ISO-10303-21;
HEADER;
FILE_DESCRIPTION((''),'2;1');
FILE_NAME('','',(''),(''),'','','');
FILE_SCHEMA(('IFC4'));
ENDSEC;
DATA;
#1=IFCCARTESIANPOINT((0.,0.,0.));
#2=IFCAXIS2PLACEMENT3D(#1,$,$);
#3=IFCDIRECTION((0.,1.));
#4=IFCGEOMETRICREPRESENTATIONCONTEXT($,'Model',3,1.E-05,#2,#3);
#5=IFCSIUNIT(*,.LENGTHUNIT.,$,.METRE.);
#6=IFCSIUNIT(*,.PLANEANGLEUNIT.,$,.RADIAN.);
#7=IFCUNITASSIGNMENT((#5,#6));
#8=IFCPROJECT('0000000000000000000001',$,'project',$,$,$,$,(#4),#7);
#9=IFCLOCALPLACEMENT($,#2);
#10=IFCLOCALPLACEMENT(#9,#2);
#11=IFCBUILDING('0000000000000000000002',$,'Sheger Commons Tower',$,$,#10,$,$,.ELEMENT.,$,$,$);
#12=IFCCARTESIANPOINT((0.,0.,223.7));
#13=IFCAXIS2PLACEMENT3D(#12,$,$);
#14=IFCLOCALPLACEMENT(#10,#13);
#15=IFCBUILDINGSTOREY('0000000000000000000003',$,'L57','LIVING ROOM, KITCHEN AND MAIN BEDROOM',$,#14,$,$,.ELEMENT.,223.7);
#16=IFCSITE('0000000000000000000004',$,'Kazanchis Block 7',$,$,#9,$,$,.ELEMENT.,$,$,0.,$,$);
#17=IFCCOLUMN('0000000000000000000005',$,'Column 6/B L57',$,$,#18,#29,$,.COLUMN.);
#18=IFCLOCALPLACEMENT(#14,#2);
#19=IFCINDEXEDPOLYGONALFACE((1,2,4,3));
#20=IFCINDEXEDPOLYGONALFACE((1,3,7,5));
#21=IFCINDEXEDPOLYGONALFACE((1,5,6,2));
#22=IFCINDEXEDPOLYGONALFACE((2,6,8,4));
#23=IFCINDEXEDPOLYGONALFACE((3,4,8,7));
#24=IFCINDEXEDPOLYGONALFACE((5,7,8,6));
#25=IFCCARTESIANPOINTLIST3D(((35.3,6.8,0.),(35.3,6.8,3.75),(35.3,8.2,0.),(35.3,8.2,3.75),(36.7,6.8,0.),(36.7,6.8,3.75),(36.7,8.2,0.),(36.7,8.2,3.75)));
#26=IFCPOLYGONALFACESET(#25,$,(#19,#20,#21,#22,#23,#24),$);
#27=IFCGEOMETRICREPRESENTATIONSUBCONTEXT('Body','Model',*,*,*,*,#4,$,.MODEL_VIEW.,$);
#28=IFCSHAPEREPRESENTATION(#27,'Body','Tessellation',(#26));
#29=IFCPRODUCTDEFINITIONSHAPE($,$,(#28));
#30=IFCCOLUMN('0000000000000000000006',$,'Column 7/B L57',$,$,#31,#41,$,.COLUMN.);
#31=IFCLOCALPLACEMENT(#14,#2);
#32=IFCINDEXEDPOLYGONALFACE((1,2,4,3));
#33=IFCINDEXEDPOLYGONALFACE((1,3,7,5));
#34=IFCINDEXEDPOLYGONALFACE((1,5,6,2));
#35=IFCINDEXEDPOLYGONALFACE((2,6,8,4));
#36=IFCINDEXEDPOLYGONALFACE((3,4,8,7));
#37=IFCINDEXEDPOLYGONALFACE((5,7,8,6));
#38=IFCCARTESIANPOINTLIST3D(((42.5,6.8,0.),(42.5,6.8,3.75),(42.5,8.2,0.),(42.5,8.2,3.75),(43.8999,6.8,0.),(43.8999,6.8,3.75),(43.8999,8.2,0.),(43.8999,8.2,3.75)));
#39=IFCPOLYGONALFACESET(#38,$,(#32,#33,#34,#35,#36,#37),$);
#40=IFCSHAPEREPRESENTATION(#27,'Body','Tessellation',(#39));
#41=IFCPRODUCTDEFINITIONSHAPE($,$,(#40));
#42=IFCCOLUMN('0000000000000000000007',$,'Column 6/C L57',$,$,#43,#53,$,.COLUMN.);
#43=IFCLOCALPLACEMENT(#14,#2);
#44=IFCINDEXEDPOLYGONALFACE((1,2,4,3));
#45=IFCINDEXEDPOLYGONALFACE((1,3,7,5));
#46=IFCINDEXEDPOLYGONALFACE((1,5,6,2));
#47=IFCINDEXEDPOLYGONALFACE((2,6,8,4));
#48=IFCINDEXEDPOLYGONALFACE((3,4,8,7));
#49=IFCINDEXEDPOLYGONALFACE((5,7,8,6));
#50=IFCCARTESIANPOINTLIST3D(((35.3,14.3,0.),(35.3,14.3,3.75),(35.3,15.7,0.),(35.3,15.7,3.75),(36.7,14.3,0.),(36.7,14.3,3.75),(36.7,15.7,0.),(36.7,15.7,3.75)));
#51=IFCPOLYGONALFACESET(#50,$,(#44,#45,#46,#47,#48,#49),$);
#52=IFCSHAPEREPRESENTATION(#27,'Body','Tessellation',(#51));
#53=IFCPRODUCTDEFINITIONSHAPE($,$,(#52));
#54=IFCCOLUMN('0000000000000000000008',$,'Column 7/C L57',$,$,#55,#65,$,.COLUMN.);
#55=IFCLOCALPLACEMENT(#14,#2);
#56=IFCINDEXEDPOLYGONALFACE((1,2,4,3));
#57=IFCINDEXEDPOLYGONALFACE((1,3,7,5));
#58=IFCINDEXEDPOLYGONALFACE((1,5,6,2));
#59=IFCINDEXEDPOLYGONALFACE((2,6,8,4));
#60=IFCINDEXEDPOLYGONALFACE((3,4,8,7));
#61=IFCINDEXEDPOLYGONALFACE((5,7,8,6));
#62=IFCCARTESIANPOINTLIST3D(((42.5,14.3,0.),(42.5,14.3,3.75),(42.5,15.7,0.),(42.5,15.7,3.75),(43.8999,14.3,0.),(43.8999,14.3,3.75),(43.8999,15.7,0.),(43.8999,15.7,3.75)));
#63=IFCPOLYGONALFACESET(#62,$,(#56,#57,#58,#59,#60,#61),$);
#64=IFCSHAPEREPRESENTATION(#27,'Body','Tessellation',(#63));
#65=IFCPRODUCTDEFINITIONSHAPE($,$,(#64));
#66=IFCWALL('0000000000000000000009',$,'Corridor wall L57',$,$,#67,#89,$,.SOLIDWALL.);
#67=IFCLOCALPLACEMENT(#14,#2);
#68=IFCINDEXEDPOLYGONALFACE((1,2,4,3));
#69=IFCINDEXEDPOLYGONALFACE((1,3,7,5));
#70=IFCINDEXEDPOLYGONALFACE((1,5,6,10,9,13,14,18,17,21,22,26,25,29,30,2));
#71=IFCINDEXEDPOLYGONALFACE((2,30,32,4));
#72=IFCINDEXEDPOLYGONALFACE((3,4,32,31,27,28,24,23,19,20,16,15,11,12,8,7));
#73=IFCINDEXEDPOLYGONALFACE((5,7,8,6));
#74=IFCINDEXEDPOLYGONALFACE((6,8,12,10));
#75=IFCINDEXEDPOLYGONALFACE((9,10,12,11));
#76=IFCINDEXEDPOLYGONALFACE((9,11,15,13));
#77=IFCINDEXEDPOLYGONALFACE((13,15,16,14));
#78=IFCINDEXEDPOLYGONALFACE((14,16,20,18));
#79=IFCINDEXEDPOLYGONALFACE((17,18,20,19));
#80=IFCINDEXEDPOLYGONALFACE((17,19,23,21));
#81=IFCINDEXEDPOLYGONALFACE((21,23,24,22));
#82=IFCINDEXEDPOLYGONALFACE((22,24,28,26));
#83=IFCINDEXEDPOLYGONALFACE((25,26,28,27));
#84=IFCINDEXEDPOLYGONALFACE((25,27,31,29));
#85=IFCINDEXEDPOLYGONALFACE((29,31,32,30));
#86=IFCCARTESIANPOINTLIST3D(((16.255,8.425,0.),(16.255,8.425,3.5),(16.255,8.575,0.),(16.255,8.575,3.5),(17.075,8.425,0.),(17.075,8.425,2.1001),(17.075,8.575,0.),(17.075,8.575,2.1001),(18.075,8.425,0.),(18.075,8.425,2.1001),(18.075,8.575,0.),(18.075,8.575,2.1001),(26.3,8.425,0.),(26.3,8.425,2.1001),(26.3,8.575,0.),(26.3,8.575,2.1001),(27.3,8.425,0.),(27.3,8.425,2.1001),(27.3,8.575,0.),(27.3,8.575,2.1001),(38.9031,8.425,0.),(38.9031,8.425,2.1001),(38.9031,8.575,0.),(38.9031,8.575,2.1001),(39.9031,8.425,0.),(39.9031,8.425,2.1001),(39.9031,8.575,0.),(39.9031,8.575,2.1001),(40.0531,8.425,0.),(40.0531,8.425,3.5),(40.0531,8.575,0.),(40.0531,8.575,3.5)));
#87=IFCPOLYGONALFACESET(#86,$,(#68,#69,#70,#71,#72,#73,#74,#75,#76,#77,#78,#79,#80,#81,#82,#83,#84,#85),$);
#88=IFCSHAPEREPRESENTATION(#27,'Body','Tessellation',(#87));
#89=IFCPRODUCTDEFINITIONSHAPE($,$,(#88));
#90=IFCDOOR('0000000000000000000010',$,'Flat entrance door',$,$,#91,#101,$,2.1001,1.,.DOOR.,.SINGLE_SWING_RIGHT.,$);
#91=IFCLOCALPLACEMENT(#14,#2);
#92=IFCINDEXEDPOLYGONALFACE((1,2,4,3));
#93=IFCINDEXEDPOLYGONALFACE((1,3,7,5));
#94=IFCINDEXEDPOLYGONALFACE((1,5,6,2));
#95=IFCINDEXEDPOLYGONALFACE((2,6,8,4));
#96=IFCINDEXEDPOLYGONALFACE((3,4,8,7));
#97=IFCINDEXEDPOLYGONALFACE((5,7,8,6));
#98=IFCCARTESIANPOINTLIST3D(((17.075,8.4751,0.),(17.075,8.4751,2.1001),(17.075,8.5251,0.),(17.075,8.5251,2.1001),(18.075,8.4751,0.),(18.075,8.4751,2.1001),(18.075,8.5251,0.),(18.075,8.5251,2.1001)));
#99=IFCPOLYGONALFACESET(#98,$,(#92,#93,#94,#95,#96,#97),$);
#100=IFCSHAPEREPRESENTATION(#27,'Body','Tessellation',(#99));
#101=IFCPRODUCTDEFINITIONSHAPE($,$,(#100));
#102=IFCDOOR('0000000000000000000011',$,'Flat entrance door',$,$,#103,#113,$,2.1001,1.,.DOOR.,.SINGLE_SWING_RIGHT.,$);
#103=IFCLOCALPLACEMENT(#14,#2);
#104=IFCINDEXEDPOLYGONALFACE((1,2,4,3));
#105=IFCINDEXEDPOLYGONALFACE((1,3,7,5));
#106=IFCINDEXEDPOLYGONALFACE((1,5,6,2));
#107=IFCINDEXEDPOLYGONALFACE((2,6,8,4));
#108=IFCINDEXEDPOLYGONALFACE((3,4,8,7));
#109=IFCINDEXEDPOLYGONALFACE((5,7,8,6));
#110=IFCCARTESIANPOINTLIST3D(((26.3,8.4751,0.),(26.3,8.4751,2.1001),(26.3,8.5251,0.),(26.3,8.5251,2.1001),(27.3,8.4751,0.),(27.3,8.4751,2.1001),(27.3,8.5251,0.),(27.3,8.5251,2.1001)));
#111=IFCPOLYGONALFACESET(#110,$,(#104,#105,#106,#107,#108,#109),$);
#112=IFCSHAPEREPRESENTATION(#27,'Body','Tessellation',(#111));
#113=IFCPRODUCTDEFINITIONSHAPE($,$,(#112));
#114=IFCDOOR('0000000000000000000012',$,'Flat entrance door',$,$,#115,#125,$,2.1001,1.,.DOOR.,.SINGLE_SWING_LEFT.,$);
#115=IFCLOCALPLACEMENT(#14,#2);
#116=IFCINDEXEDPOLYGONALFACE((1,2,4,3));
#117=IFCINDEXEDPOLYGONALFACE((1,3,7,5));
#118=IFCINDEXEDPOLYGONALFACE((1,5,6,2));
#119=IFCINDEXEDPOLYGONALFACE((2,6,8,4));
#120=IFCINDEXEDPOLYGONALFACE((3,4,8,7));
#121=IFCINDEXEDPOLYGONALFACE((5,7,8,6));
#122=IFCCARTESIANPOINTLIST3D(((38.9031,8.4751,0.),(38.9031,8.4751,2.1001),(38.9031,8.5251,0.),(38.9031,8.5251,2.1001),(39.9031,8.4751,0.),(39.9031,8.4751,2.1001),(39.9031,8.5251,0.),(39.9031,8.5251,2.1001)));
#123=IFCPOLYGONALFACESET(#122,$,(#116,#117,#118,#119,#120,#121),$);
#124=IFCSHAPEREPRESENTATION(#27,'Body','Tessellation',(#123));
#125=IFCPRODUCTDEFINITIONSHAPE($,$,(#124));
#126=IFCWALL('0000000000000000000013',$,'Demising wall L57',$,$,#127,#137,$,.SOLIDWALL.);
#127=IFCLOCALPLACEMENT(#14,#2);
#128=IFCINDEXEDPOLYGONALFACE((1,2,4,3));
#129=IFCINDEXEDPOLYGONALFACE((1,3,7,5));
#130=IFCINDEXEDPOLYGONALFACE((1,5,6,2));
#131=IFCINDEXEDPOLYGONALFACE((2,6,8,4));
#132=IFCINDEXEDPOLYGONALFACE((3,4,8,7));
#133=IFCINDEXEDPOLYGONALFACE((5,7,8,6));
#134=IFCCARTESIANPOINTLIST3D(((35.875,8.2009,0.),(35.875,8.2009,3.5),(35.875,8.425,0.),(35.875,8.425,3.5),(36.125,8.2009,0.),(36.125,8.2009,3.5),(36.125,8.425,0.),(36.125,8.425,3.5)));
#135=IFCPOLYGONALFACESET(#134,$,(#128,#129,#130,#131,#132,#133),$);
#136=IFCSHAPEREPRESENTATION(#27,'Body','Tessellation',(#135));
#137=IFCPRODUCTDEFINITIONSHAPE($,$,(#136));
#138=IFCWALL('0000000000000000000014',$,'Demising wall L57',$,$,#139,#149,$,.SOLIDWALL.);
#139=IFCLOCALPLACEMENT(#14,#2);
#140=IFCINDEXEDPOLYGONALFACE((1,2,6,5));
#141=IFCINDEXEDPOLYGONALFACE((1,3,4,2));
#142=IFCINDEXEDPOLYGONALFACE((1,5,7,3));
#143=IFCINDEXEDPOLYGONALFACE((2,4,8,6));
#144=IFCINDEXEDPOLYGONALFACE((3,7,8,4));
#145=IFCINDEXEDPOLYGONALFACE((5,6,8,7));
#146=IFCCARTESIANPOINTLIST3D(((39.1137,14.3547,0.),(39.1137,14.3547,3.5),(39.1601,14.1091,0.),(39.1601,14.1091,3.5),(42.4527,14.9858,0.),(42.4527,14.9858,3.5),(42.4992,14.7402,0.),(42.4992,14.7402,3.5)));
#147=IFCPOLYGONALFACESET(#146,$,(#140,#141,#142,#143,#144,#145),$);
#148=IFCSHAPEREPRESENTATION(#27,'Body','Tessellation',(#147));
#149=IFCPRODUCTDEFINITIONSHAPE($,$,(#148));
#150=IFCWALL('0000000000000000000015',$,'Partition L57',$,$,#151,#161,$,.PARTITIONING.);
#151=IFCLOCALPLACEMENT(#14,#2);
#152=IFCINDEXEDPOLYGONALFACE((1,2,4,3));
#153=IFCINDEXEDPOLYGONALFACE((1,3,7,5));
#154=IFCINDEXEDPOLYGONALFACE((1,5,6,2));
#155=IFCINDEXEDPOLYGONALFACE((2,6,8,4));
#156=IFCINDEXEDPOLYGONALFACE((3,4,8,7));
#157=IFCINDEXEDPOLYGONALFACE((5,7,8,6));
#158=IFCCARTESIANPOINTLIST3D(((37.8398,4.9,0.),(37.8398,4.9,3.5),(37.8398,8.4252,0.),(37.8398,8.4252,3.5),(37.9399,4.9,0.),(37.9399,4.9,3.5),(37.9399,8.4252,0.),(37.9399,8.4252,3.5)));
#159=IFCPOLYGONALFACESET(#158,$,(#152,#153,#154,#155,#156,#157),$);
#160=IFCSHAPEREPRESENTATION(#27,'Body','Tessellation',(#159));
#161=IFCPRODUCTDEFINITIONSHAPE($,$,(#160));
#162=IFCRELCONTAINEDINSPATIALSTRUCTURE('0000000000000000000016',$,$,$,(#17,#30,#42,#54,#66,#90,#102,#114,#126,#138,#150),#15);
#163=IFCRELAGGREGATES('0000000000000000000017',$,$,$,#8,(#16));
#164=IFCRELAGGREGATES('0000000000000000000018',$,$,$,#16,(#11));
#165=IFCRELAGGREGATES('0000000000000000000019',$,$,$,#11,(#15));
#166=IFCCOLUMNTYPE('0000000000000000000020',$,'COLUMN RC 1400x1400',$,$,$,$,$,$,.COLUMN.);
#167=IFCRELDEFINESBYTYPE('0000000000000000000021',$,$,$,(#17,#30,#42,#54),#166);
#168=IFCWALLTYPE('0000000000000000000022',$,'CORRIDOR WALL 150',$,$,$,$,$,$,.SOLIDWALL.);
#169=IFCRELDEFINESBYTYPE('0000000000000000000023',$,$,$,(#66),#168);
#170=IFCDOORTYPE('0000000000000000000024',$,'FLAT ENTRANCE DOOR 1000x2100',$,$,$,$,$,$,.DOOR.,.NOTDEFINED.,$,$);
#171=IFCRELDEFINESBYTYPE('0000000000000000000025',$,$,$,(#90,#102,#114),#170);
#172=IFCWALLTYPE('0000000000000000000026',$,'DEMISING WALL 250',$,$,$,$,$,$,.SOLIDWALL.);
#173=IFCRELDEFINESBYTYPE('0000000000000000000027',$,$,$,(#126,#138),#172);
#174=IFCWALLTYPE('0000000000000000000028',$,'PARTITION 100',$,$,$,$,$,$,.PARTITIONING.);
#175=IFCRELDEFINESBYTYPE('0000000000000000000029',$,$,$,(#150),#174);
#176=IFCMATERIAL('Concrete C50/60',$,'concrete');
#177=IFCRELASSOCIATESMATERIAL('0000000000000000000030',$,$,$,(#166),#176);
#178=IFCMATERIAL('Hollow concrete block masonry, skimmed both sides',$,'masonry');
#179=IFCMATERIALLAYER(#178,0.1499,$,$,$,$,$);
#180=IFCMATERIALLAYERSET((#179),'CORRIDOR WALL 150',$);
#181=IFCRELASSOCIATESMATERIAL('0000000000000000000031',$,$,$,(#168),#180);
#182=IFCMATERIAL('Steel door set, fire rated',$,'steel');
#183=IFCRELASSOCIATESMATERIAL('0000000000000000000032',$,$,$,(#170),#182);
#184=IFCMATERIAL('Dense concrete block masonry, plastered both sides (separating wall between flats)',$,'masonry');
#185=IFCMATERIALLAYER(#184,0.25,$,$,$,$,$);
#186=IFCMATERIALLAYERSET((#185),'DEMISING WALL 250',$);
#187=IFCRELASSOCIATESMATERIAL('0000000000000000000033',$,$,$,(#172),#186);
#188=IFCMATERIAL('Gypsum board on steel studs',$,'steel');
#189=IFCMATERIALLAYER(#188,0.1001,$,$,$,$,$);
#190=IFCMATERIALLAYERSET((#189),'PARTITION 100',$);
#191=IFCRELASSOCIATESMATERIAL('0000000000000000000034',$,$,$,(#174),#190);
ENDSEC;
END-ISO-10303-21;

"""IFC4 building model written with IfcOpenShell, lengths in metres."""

from ifc_helpers import new_model, si_unit, direction, frame, frame_2d, origin, origin_2d, place, context, subcontext, project, spatial, rectangle, extrude, material, layer, layer_set, material_profile, profile_set, type_object, element, fill, save


model = new_model("IFC4")

# Units and contexts
model_context = context("Model", 3, precision=1e-05, world=origin(), true_north=direction((0.0, 1.0)))
body_context = subcontext(model_context, "Body", "Model", "MODEL_VIEW")
ifc_project = project(units=[si_unit("LENGTHUNIT", "METRE"), si_unit("PLANEANGLEUNIT", "RADIAN")], contexts=[model_context])

# Site, building, storey
site_placement = place(None, origin())
site = spatial("IfcSite", under=ifc_project, at=site_placement, Name="Kazanchis Block 7", CompositionType="ELEMENT", RefElevation=0.0)
building_placement = place(site_placement, origin())
building = spatial("IfcBuilding", under=site, at=building_placement, Name="Sheger Commons Tower", CompositionType="ELEMENT")
storey_placement = place(building_placement, frame((0.0, 0.0, 223.7)))
storey = spatial("IfcBuildingStorey", under=building, at=storey_placement, Name="L57", Description="LIVING ROOM, KITCHEN AND MAIN BEDROOM", CompositionType="ELEMENT", Elevation=223.7)

# Columns
ifc_material_1 = material(Name="Concrete C50/60", Category="concrete")
ifc_material_profile = material_profile(ifc_material_1, rectangle(XDim=1.3999, YDim=1.3999, at=origin_2d()), Name="RC 1400x1400")
ifc_profile_set = profile_set([ifc_material_profile], Name="Concrete C50/60")
column_type = type_object("IfcColumnType", Name="COLUMN RC 1400x1400", PredefinedType="COLUMN", material=ifc_profile_set)
for number, where, z_axis, x_axis, name in (
    (1, (36.0, 7.5, 0.0), (0.0, 0.0, 1.0), (1.0, 0.0, 0.0), "Column 6/B L57"),
    (2, (43.2, 7.5, 0.0), (0.0, 0.0, 1.0), (1.0, 0.0, 0.0), "Column 7/B L57"),
    (3, (36.0, 15.0, 0.0), (0.0, 0.0, 1.0), (1.0, 0.0, 0.0), "Column 6/C L57"),
    (4, (43.2, 15.0, 0.0), (0.0, 0.0, 1.0), (1.0, 0.0, 0.0), "Column 7/C L57"),
):
    element("IfcColumn", number, at=place(storey_placement, frame(where, z_axis=z_axis, x_axis=x_axis)), inside=storey, type_object=column_type, Name=name, PredefinedType="COLUMN", context=body_context, shape_type="SweptSolid", body=[
        extrude(rectangle(XDim=1.3999, YDim=1.3999, at=origin_2d()), origin(), (0.0, 0.0, 1.0), 3.75),
    ])

# Wall, openings, doors
ifc_material_2 = material(Name="Hollow concrete block masonry, skimmed both sides", Category="masonry")
ifc_layer_1 = layer(ifc_material_2, 0.1499)
ifc_layer_set_1 = layer_set([ifc_layer_1], Name="CORRIDOR WALL 150")
wall_type_1 = type_object("IfcWallType", Name="CORRIDOR WALL 150", PredefinedType="SOLIDWALL", material=ifc_layer_set_1)
wall_1_placement = place(storey_placement, frame((40.053, 8.5, 0.0), z_axis=(0.0, 0.0, 1.0), x_axis=(-1.0, 0.0, 0.0)))
wall_1 = element("IfcWall", 5, at=wall_1_placement, inside=storey, type_object=wall_type_1, Name="Corridor wall L57", PredefinedType="SOLIDWALL", context=body_context, shape_type="SweptSolid", body=[
    extrude(rectangle(XDim=23.7981, YDim=0.1499, at=frame_2d((11.8989, 0.0))), origin(), (0.0, 0.0, 1.0), 3.5),
])
opening_1_placement = place(wall_1_placement, frame((21.978, 0.0, 0.0)))
opening_1 = element("IfcOpeningElement", 6, at=opening_1_placement, cuts=wall_1, PredefinedType="OPENING", context=body_context, shape_type="SweptSolid", body=[
    extrude(rectangle(XDim=1.0, YDim=2.1001, at=frame_2d((0.5, 1.05))), frame((0.0, 0.085, 0.0), z_axis=(0.0, -1.0, 0.0), x_axis=(1.0, 0.0, 0.0)), (0.0, 0.0, 1.0), 0.1699),
])
opening_2_placement = place(wall_1_placement, frame((12.7529, 0.0, 0.0)))
opening_2 = element("IfcOpeningElement", 7, at=opening_2_placement, cuts=wall_1, PredefinedType="OPENING", context=body_context, shape_type="SweptSolid", body=[
    extrude(rectangle(XDim=1.0, YDim=2.1001, at=frame_2d((0.5, 1.05))), frame((0.0, 0.085, 0.0), z_axis=(0.0, -1.0, 0.0), x_axis=(1.0, 0.0, 0.0)), (0.0, 0.0, 1.0), 0.1699),
])
opening_3_placement = place(wall_1_placement, frame((0.1499, 0.0, 0.0)))
opening_3 = element("IfcOpeningElement", 8, at=opening_3_placement, cuts=wall_1, PredefinedType="OPENING", context=body_context, shape_type="SweptSolid", body=[
    extrude(rectangle(XDim=1.0, YDim=2.1001, at=frame_2d((0.5, 1.05))), frame((0.0, 0.085, 0.0), z_axis=(0.0, -1.0, 0.0), x_axis=(1.0, 0.0, 0.0)), (0.0, 0.0, 1.0), 0.1699),
])
ifc_material_3 = material(Name="Steel door set, fire rated", Category="steel")
door_type_1 = type_object("IfcDoorType", Name="FLAT ENTRANCE DOOR 1000x2100", OperationType="NOTDEFINED", PredefinedType="DOOR", material=ifc_material_3)
door_1_placement = place(opening_1_placement, origin())
door_1 = element("IfcDoor", 9, at=door_1_placement, inside=storey, type_object=door_type_1, Name="Flat entrance door", OperationType="SINGLE_SWING_RIGHT", OverallHeight=2.1001, OverallWidth=1.0, PredefinedType="DOOR", context=body_context, shape_type="SweptSolid", body=[
    extrude(rectangle(XDim=1.0, YDim=2.1001, at=frame_2d((0.5, 1.05))), frame((0.0, 0.0249, 0.0), z_axis=(0.0, -1.0, 0.0), x_axis=(1.0, 0.0, 0.0)), (0.0, 0.0, 1.0), 0.05),
])
fill(opening_1, door_1)
door_2_placement = place(opening_2_placement, origin())
door_2 = element("IfcDoor", 10, at=door_2_placement, inside=storey, type_object=door_type_1, Name="Flat entrance door", OperationType="SINGLE_SWING_RIGHT", OverallHeight=2.1001, OverallWidth=1.0, PredefinedType="DOOR", context=body_context, shape_type="SweptSolid", body=[
    extrude(rectangle(XDim=1.0, YDim=2.1001, at=frame_2d((0.5, 1.05))), frame((0.0, 0.0249, 0.0), z_axis=(0.0, -1.0, 0.0), x_axis=(1.0, 0.0, 0.0)), (0.0, 0.0, 1.0), 0.05),
])
fill(opening_2, door_2)
door_3_placement = place(opening_3_placement, origin())
door_3 = element("IfcDoor", 11, at=door_3_placement, inside=storey, type_object=door_type_1, Name="Flat entrance door", OperationType="SINGLE_SWING_LEFT", OverallHeight=2.1001, OverallWidth=1.0, PredefinedType="DOOR", context=body_context, shape_type="SweptSolid", body=[
    extrude(rectangle(XDim=1.0, YDim=2.1001, at=frame_2d((0.5, 1.05))), frame((0.0, 0.0249, 0.0), z_axis=(0.0, -1.0, 0.0), x_axis=(1.0, 0.0, 0.0)), (0.0, 0.0, 1.0), 0.05),
])
fill(opening_3, door_3)

# Walls
ifc_material_4 = material(Name="Dense concrete block masonry, plastered both sides (separating wall between flats)", Category="masonry")
ifc_layer_2 = layer(ifc_material_4, 0.25)
ifc_layer_set_2 = layer_set([ifc_layer_2], Name="DEMISING WALL 250")
wall_type_2 = type_object("IfcWallType", Name="DEMISING WALL 250", PredefinedType="SOLIDWALL", material=ifc_layer_set_2)
wall_2_placement = place(storey_placement, frame((36.0, 8.2009, 0.0), z_axis=(0.0, 0.0, 1.0), x_axis=(0.0, 1.0, 0.0)))
element("IfcWall", 12, at=wall_2_placement, inside=storey, type_object=wall_type_2, Name="Demising wall L57", PredefinedType="SOLIDWALL", context=body_context, shape_type="SweptSolid", body=[
    extrude(rectangle(XDim=0.2241, YDim=0.25, at=frame_2d((0.1121, 0.0))), origin(), (0.0, 0.0, 1.0), 3.5),
])
wall_3_placement = place(storey_placement, frame((42.4761, 14.863, 0.0), z_axis=(0.0, 0.0, 1.0), x_axis=(-0.982604, -0.185715, 0.0)))
element("IfcWall", 13, at=wall_3_placement, inside=storey, type_object=wall_type_2, Name="Demising wall L57", PredefinedType="SOLIDWALL", context=body_context, shape_type="SweptSolid", body=[
    extrude(rectangle(XDim=3.3982, YDim=0.25, at=frame_2d((1.6992, 0.0))), origin(), (0.0, 0.0, 1.0), 3.5),
])
ifc_material_5 = material(Name="Gypsum board on steel studs", Category="steel")
ifc_layer_3 = layer(ifc_material_5, 0.1001)
ifc_layer_set_3 = layer_set([ifc_layer_3], Name="PARTITION 100")
wall_type_3 = type_object("IfcWallType", Name="PARTITION 100", PredefinedType="PARTITIONING", material=ifc_layer_set_3)
wall_4_placement = place(storey_placement, frame((37.8899, 4.8999, 0.0), z_axis=(0.0, 0.0, 1.0), x_axis=(0.0, 1.0, 0.0)))
element("IfcWall", 14, at=wall_4_placement, inside=storey, type_object=wall_type_3, Name="Partition L57", PredefinedType="PARTITIONING", context=body_context, shape_type="SweptSolid", body=[
    extrude(rectangle(XDim=3.5251, YDim=0.1001, at=frame_2d((1.7627, 0.0))), origin(), (0.0, 0.0, 1.0), 3.5),
])

save(model, "model.ifc")
